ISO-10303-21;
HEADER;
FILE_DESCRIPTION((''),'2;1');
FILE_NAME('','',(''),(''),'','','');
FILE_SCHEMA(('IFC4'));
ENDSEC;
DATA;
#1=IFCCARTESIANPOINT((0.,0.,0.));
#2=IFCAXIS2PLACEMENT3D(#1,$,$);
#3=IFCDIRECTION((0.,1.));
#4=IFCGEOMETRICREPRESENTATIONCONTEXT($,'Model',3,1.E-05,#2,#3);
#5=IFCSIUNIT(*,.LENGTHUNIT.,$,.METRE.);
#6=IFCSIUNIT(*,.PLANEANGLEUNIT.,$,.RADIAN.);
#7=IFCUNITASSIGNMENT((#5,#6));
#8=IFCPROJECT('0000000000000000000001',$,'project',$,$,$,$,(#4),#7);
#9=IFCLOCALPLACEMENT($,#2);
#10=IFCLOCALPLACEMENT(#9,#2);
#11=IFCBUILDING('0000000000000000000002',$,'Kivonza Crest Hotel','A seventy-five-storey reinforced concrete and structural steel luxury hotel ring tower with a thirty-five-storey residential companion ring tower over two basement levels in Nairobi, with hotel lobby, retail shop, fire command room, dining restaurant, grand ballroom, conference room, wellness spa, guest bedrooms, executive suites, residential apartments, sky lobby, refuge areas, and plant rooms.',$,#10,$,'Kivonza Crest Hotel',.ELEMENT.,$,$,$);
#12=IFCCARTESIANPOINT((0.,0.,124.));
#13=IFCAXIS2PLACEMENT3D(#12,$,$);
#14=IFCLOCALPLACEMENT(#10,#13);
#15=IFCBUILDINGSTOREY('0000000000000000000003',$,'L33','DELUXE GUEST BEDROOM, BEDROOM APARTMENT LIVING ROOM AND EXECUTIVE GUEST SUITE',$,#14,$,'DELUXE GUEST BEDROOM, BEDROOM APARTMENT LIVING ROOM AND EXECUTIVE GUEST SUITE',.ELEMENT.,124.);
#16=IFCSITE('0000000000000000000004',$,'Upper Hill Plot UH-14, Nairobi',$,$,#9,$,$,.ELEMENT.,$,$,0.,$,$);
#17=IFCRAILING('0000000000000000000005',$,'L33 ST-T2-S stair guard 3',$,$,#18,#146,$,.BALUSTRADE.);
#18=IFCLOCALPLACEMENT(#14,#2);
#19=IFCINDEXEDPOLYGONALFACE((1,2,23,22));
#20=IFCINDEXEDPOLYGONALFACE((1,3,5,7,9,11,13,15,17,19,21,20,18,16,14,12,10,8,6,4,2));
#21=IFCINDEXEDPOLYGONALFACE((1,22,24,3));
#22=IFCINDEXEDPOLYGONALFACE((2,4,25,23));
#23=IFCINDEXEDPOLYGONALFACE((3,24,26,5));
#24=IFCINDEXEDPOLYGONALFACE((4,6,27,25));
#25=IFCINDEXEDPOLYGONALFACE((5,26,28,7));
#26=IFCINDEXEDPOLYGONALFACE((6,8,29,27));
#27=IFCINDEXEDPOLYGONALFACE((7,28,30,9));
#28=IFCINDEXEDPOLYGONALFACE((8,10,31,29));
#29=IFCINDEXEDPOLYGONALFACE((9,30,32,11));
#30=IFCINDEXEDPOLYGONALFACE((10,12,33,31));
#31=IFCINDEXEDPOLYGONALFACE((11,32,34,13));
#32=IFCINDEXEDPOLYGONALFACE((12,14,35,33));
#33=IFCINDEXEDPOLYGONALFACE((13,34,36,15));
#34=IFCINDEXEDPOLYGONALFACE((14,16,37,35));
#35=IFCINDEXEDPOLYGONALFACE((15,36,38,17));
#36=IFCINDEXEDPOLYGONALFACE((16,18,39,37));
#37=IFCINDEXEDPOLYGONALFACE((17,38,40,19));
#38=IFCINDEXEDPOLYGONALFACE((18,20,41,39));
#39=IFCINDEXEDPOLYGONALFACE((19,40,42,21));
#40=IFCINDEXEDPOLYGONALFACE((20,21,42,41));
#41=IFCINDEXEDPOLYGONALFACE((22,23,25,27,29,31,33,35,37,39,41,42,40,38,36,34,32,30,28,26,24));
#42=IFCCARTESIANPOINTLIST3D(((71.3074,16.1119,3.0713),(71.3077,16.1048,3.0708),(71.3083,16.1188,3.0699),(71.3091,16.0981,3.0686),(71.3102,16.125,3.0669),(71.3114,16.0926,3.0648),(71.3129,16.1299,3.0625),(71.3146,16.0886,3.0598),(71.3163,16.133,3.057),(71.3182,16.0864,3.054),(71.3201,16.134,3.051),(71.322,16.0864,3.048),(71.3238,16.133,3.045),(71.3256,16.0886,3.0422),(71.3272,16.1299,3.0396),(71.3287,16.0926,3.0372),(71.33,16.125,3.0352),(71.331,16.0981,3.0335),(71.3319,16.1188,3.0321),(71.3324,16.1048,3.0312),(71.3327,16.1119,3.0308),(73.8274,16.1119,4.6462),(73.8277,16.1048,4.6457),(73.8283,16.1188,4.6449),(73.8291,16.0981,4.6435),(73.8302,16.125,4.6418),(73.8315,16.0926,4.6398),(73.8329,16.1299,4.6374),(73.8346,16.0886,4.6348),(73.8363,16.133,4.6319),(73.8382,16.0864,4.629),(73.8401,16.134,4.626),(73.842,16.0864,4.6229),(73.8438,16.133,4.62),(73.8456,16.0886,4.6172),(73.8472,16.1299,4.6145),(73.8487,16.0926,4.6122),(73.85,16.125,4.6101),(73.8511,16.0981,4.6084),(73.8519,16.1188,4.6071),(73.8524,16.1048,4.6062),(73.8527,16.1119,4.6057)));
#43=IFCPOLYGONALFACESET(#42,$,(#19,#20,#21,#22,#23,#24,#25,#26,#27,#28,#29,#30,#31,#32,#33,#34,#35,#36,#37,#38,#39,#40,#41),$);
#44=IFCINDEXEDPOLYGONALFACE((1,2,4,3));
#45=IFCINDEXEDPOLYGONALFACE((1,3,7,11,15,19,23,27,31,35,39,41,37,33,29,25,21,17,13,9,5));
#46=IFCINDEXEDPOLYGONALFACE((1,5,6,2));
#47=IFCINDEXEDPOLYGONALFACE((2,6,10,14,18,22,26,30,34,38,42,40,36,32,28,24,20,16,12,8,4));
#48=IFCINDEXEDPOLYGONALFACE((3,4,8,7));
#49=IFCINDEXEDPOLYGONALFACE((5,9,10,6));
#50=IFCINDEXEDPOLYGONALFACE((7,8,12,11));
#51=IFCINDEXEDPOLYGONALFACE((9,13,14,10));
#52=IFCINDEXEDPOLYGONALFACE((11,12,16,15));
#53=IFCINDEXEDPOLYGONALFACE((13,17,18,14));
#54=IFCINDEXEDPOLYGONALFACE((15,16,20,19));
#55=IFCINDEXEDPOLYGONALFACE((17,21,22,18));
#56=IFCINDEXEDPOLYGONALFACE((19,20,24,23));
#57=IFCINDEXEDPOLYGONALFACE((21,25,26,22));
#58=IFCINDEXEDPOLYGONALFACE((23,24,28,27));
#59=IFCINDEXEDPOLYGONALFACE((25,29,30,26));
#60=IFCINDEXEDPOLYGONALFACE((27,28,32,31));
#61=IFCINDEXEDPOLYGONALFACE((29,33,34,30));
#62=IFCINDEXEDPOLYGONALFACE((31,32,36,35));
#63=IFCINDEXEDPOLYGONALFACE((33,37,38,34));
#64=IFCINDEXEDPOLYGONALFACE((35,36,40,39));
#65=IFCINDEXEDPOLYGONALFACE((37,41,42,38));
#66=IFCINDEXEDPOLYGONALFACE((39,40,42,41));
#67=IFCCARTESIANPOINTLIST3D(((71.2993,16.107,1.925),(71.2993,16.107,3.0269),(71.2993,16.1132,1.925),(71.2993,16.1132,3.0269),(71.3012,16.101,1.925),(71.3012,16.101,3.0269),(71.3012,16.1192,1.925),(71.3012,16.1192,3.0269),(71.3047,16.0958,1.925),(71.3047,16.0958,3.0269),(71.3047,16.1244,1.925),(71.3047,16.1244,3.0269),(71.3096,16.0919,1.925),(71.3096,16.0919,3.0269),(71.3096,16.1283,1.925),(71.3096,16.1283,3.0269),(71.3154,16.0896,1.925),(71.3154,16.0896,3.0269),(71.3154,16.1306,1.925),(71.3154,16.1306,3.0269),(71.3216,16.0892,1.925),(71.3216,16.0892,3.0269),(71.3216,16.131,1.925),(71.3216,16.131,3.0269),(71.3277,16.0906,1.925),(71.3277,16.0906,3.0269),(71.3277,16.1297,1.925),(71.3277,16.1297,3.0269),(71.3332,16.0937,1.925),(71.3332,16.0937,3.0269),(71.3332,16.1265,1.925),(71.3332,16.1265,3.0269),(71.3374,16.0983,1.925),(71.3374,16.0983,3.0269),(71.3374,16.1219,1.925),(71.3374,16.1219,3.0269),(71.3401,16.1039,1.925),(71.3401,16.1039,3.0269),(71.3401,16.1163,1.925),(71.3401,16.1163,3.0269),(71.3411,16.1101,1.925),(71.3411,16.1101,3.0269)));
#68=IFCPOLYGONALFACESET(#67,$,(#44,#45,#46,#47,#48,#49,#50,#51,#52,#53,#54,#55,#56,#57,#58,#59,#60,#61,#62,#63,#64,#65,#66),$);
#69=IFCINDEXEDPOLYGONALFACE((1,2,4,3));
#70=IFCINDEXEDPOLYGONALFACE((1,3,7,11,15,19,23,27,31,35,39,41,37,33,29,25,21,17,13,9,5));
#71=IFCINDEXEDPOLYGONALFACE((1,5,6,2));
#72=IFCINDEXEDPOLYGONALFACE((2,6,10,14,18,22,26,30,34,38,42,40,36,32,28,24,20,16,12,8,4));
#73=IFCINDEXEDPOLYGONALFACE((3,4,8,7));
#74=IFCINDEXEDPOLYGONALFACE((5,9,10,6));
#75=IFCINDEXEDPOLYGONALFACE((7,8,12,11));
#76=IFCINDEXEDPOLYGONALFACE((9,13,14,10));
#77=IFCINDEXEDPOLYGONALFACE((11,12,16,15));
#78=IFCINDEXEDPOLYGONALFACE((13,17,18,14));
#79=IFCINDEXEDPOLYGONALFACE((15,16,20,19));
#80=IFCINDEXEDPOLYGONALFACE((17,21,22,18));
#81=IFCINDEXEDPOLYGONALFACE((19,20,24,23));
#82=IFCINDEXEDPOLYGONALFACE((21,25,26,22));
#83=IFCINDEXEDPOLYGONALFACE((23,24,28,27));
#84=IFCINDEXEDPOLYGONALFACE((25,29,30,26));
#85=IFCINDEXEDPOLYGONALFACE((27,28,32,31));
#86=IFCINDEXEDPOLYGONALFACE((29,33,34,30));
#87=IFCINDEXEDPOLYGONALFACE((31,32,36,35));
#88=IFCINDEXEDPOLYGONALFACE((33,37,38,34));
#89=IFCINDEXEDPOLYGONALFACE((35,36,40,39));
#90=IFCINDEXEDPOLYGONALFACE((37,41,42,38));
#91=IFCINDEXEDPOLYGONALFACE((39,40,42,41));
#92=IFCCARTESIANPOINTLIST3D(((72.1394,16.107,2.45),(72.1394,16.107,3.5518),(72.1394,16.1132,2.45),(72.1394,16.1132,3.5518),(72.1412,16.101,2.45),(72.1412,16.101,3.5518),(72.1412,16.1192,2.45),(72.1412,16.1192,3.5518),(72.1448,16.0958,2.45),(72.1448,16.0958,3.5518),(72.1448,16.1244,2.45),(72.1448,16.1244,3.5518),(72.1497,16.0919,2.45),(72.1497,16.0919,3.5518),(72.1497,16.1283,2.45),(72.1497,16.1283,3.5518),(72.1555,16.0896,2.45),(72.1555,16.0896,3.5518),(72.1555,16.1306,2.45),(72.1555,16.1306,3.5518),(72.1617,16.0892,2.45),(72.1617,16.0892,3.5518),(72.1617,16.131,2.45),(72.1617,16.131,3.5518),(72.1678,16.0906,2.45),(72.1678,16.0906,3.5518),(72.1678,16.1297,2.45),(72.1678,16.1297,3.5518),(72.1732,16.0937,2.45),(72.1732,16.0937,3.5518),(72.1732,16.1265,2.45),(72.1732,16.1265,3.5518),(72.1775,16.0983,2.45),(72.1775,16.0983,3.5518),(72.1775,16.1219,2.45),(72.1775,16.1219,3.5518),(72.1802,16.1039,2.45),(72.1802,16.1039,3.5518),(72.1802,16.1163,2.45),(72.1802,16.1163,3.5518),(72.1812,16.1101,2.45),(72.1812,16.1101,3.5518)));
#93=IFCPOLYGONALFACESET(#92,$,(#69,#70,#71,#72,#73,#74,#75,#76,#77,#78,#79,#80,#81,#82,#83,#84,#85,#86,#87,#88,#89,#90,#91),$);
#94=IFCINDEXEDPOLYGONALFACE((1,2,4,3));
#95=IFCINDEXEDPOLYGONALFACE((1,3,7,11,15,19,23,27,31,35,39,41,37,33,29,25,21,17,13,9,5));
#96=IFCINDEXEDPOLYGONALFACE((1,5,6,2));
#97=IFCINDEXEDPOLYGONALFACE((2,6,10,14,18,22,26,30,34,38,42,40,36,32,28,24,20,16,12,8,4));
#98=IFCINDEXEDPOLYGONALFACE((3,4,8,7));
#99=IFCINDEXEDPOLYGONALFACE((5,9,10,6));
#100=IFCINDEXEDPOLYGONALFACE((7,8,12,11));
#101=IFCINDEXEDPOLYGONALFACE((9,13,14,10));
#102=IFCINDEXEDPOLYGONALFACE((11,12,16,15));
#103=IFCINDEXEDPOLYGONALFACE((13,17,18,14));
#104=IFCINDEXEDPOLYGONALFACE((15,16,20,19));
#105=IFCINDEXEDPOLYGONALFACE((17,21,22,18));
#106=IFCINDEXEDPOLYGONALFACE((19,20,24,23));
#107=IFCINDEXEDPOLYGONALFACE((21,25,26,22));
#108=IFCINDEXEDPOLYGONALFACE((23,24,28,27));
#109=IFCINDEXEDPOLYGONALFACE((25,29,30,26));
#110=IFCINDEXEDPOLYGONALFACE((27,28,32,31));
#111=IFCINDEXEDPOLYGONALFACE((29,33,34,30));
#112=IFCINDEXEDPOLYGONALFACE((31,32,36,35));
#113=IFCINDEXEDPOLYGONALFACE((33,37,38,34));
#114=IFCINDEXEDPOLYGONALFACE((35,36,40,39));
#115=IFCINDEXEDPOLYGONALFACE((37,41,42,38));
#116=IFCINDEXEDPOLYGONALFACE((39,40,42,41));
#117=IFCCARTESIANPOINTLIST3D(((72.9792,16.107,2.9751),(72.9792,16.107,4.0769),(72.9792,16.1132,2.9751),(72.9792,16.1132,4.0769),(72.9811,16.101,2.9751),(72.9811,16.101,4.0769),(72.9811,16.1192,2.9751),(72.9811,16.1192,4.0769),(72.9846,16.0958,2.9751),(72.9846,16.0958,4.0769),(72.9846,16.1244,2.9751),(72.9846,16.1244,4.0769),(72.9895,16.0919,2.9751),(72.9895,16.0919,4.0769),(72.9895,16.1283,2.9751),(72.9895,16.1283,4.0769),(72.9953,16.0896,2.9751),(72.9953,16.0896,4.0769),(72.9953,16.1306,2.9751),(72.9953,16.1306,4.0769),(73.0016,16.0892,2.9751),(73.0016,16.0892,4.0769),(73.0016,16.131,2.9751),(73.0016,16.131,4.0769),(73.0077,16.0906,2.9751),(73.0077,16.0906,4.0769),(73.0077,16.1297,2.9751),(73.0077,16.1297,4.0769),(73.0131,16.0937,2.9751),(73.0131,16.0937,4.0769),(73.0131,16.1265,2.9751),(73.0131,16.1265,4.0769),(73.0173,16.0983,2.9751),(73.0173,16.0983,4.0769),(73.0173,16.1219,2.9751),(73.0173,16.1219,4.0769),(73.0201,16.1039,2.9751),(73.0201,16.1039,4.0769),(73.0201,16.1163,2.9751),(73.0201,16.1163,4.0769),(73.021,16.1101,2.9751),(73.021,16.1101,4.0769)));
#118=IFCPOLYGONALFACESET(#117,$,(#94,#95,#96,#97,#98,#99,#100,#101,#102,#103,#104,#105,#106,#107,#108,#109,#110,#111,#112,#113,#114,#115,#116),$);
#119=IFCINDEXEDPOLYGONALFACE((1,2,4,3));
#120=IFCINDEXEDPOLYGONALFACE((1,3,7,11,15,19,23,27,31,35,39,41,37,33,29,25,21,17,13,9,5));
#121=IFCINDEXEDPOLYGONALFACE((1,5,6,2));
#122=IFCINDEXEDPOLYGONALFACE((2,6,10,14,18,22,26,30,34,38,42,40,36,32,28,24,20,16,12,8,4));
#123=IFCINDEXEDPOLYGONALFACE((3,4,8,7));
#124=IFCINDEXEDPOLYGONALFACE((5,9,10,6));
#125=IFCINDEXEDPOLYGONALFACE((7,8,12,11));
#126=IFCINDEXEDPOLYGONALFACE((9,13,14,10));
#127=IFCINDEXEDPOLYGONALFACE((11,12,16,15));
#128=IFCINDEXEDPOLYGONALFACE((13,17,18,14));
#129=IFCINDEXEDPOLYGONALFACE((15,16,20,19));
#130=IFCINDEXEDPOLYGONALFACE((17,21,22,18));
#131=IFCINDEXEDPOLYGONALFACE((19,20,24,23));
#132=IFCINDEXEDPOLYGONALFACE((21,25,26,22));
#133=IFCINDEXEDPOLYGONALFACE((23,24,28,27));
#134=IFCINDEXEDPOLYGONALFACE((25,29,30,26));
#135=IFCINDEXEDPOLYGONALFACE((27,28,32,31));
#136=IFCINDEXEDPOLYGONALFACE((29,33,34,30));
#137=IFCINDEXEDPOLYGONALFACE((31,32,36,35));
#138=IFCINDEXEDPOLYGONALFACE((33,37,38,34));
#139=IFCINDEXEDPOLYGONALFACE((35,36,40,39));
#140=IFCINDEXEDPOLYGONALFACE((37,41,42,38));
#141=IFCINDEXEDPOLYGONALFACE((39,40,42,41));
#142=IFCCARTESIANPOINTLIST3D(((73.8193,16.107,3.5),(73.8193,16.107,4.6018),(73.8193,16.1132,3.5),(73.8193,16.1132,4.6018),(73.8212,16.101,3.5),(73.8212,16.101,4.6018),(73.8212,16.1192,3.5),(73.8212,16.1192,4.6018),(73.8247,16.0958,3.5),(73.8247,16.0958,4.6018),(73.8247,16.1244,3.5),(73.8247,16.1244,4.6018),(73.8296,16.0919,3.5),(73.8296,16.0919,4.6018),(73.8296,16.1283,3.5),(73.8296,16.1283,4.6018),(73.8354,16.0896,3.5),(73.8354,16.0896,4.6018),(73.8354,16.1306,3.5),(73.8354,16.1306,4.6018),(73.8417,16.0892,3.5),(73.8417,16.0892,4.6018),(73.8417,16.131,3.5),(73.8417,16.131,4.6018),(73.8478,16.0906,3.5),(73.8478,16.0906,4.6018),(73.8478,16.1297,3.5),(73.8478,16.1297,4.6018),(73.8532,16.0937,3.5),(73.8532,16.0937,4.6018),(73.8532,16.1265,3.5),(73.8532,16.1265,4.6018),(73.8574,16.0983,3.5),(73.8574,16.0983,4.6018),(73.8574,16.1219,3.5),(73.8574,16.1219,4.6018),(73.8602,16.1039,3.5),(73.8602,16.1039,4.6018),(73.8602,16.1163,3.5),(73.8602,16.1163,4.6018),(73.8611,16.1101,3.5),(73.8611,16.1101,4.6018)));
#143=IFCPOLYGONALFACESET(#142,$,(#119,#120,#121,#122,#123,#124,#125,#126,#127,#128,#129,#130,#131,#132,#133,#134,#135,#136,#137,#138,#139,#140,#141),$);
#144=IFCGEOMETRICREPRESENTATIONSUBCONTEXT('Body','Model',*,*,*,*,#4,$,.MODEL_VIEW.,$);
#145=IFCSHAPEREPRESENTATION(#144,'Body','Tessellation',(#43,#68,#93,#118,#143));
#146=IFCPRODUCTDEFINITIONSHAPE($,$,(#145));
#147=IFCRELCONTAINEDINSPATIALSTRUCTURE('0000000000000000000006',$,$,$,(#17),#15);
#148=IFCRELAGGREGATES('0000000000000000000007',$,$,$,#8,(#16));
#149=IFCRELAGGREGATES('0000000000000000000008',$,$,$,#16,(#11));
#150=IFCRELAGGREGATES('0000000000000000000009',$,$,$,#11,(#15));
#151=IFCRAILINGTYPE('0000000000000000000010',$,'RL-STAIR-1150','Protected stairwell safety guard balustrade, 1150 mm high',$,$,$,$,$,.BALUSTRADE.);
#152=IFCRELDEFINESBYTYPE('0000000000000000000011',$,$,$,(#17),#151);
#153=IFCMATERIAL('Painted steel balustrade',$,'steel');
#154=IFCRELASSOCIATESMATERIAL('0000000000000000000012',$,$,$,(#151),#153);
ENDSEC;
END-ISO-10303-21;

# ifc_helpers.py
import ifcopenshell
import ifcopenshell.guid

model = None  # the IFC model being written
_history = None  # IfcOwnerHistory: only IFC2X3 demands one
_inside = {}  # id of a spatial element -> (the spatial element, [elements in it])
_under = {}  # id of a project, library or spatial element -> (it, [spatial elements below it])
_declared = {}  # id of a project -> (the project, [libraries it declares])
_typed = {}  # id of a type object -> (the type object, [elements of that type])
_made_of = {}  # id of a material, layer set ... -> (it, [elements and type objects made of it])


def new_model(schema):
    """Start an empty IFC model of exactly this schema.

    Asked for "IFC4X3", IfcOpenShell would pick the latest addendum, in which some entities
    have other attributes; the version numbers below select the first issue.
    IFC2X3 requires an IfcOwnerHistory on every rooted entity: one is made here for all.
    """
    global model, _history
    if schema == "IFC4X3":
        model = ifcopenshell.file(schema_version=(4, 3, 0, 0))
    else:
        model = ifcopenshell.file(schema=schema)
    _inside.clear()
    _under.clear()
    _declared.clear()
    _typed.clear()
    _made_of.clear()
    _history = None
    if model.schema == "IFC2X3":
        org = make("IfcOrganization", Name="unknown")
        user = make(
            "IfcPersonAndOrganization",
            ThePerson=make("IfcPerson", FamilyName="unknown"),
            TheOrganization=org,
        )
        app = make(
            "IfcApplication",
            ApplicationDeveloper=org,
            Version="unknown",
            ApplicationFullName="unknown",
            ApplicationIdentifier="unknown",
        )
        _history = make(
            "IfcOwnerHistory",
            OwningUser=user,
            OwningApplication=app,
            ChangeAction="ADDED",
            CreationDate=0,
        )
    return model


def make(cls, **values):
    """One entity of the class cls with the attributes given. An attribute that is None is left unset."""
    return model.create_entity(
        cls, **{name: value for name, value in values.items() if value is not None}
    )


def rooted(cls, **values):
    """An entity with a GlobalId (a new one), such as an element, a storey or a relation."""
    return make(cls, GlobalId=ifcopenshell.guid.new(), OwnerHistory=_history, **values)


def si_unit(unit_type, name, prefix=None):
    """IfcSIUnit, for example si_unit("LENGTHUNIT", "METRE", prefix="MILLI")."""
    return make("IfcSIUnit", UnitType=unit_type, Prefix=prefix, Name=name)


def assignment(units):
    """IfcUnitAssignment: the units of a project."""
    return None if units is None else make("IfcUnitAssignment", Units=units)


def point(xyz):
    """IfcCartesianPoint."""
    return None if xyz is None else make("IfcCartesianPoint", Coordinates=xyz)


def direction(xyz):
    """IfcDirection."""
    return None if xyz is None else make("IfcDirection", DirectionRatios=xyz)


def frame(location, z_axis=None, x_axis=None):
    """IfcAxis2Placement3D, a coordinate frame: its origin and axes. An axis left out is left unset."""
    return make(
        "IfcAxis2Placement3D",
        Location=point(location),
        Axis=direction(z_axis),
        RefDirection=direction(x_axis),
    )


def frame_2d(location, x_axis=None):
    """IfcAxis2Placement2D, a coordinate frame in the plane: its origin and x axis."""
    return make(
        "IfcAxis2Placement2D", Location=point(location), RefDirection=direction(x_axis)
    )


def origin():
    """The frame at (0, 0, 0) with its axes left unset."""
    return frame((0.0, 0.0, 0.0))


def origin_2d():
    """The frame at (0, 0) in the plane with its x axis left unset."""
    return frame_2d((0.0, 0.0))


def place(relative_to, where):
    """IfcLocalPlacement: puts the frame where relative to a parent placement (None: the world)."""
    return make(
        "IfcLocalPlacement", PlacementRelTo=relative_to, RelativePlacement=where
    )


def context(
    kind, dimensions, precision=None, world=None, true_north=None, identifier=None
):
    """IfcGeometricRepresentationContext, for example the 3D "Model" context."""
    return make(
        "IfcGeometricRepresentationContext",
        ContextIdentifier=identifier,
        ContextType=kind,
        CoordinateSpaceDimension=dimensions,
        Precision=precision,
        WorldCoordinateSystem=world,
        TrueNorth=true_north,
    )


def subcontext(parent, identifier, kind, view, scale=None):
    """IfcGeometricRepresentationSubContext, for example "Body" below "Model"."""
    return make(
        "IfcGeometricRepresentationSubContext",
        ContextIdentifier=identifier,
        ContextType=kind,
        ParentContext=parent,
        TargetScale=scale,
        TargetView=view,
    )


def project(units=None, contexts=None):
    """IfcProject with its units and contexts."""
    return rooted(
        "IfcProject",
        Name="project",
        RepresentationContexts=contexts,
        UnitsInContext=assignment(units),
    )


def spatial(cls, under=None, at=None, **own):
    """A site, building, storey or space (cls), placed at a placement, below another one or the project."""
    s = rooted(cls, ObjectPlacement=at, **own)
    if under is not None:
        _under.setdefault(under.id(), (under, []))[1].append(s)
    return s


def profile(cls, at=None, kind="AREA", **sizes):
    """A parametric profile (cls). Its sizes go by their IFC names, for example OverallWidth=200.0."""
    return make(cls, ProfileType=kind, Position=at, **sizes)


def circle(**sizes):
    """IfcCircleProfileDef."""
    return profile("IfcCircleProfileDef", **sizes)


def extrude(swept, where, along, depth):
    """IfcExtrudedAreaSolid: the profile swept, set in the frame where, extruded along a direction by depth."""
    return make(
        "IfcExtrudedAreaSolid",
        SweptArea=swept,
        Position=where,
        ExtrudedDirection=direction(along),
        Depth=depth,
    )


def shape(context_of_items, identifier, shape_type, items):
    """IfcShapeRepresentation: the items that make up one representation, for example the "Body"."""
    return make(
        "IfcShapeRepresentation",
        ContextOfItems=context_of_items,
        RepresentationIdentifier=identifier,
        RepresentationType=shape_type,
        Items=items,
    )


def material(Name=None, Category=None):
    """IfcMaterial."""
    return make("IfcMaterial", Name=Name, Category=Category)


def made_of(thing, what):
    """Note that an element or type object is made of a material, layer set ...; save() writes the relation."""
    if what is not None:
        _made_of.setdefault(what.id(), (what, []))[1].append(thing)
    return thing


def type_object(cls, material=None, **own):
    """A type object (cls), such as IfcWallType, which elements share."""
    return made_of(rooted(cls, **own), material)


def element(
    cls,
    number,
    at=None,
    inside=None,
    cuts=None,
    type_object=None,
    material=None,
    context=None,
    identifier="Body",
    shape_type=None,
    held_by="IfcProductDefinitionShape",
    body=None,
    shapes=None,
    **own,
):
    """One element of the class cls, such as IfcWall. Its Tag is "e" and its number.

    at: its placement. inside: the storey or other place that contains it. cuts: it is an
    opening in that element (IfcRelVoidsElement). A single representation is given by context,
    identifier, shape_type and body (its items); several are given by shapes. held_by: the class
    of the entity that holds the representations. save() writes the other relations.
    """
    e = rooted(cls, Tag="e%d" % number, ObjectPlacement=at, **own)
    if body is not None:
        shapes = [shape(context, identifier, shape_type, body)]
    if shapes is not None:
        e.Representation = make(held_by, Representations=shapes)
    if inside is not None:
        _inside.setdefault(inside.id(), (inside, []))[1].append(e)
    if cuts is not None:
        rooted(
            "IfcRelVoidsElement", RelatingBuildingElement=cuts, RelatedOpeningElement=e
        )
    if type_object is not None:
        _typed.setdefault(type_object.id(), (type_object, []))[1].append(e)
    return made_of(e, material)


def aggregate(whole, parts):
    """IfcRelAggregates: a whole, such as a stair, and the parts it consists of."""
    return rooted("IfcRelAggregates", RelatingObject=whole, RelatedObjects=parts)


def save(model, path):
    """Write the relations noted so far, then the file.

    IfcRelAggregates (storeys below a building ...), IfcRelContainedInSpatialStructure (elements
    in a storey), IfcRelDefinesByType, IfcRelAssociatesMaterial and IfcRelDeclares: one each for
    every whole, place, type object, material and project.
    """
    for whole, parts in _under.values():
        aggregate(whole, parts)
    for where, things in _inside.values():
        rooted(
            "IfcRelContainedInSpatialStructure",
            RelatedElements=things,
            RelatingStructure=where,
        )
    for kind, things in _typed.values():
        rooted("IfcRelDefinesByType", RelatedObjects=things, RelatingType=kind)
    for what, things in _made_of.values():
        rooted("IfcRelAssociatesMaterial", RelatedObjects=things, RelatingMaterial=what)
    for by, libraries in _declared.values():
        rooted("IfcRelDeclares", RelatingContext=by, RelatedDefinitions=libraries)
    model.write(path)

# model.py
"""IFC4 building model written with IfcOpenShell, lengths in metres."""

from ifc_helpers import new_model, si_unit, direction, frame, origin, origin_2d, place, context, subcontext, project, spatial, circle, extrude, material, type_object, element, save


model = new_model("IFC4")

# Units and contexts
model_context = context("Model", 3, precision=1e-05, world=origin(), true_north=direction((0.0, 1.0)))
body_context = subcontext(model_context, "Body", "Model", "MODEL_VIEW")
ifc_project = project(units=[si_unit("LENGTHUNIT", "METRE"), si_unit("PLANEANGLEUNIT", "RADIAN")], contexts=[model_context])

# Site, building, storey
site_placement = place(None, origin())
site = spatial("IfcSite", under=ifc_project, at=site_placement, Name="Upper Hill Plot UH-14, Nairobi", CompositionType="ELEMENT", RefElevation=0.0)
building_placement = place(site_placement, origin())
building = spatial("IfcBuilding", under=site, at=building_placement, Name="Kivonza Crest Hotel", Description="A seventy-five-storey reinforced concrete and structural steel luxury hotel ring tower with a thirty-five-storey residential companion ring tower over two basement levels in Nairobi, with hotel lobby, retail shop, fire command room, dining restaurant, grand ballroom, conference room, wellness spa, guest bedrooms, executive suites, residential apartments, sky lobby, refuge areas, and plant rooms.", LongName="Kivonza Crest Hotel", CompositionType="ELEMENT")
storey_placement = place(building_placement, frame((0.0, 0.0, 124.0)))
storey = spatial("IfcBuildingStorey", under=building, at=storey_placement, Name="L33", Description="DELUXE GUEST BEDROOM, BEDROOM APARTMENT LIVING ROOM AND EXECUTIVE GUEST SUITE", LongName="DELUXE GUEST BEDROOM, BEDROOM APARTMENT LIVING ROOM AND EXECUTIVE GUEST SUITE", CompositionType="ELEMENT", Elevation=124.0)

# Railing
ifc_material_1 = material(Name="Painted steel balustrade", Category="steel")
railing_type_1 = type_object("IfcRailingType", Name="RL-STAIR-1150", Description="Protected stairwell safety guard balustrade, 1150 mm high", PredefinedType="BALUSTRADE", material=ifc_material_1)
railing_1_placement = place(storey_placement, frame((71.3201, 16.1101, 1.925)))
element("IfcRailing", 1, at=railing_1_placement, inside=storey, type_object=railing_type_1, Name="L33 ST-T2-S stair guard 3", PredefinedType="BALUSTRADE", context=body_context, shape_type="SweptSolid", body=[
    extrude(circle(Radius=0.0239, at=origin_2d()), frame((0.0, 0.0, 1.126), z_axis=(0.848008, 0.0, 0.529984), x_axis=(0.0, 1.0, 0.0)), (0.0, 0.0, 1.0), 2.9717),
    extrude(circle(Radius=0.021, at=origin_2d()), origin(), (0.0, 0.0, 1.0), 1.1018),
    extrude(circle(Radius=0.021, at=origin_2d()), frame((0.8401, 0.0, 0.5249)), (0.0, 0.0, 1.0), 1.1018),
    extrude(circle(Radius=0.021, at=origin_2d()), frame((1.6799, 0.0, 1.05)), (0.0, 0.0, 1.0), 1.1018),
    extrude(circle(Radius=0.021, at=origin_2d()), frame((2.52, 0.0, 1.575)), (0.0, 0.0, 1.0), 1.1018),
])

save(model, "model.ifc")
